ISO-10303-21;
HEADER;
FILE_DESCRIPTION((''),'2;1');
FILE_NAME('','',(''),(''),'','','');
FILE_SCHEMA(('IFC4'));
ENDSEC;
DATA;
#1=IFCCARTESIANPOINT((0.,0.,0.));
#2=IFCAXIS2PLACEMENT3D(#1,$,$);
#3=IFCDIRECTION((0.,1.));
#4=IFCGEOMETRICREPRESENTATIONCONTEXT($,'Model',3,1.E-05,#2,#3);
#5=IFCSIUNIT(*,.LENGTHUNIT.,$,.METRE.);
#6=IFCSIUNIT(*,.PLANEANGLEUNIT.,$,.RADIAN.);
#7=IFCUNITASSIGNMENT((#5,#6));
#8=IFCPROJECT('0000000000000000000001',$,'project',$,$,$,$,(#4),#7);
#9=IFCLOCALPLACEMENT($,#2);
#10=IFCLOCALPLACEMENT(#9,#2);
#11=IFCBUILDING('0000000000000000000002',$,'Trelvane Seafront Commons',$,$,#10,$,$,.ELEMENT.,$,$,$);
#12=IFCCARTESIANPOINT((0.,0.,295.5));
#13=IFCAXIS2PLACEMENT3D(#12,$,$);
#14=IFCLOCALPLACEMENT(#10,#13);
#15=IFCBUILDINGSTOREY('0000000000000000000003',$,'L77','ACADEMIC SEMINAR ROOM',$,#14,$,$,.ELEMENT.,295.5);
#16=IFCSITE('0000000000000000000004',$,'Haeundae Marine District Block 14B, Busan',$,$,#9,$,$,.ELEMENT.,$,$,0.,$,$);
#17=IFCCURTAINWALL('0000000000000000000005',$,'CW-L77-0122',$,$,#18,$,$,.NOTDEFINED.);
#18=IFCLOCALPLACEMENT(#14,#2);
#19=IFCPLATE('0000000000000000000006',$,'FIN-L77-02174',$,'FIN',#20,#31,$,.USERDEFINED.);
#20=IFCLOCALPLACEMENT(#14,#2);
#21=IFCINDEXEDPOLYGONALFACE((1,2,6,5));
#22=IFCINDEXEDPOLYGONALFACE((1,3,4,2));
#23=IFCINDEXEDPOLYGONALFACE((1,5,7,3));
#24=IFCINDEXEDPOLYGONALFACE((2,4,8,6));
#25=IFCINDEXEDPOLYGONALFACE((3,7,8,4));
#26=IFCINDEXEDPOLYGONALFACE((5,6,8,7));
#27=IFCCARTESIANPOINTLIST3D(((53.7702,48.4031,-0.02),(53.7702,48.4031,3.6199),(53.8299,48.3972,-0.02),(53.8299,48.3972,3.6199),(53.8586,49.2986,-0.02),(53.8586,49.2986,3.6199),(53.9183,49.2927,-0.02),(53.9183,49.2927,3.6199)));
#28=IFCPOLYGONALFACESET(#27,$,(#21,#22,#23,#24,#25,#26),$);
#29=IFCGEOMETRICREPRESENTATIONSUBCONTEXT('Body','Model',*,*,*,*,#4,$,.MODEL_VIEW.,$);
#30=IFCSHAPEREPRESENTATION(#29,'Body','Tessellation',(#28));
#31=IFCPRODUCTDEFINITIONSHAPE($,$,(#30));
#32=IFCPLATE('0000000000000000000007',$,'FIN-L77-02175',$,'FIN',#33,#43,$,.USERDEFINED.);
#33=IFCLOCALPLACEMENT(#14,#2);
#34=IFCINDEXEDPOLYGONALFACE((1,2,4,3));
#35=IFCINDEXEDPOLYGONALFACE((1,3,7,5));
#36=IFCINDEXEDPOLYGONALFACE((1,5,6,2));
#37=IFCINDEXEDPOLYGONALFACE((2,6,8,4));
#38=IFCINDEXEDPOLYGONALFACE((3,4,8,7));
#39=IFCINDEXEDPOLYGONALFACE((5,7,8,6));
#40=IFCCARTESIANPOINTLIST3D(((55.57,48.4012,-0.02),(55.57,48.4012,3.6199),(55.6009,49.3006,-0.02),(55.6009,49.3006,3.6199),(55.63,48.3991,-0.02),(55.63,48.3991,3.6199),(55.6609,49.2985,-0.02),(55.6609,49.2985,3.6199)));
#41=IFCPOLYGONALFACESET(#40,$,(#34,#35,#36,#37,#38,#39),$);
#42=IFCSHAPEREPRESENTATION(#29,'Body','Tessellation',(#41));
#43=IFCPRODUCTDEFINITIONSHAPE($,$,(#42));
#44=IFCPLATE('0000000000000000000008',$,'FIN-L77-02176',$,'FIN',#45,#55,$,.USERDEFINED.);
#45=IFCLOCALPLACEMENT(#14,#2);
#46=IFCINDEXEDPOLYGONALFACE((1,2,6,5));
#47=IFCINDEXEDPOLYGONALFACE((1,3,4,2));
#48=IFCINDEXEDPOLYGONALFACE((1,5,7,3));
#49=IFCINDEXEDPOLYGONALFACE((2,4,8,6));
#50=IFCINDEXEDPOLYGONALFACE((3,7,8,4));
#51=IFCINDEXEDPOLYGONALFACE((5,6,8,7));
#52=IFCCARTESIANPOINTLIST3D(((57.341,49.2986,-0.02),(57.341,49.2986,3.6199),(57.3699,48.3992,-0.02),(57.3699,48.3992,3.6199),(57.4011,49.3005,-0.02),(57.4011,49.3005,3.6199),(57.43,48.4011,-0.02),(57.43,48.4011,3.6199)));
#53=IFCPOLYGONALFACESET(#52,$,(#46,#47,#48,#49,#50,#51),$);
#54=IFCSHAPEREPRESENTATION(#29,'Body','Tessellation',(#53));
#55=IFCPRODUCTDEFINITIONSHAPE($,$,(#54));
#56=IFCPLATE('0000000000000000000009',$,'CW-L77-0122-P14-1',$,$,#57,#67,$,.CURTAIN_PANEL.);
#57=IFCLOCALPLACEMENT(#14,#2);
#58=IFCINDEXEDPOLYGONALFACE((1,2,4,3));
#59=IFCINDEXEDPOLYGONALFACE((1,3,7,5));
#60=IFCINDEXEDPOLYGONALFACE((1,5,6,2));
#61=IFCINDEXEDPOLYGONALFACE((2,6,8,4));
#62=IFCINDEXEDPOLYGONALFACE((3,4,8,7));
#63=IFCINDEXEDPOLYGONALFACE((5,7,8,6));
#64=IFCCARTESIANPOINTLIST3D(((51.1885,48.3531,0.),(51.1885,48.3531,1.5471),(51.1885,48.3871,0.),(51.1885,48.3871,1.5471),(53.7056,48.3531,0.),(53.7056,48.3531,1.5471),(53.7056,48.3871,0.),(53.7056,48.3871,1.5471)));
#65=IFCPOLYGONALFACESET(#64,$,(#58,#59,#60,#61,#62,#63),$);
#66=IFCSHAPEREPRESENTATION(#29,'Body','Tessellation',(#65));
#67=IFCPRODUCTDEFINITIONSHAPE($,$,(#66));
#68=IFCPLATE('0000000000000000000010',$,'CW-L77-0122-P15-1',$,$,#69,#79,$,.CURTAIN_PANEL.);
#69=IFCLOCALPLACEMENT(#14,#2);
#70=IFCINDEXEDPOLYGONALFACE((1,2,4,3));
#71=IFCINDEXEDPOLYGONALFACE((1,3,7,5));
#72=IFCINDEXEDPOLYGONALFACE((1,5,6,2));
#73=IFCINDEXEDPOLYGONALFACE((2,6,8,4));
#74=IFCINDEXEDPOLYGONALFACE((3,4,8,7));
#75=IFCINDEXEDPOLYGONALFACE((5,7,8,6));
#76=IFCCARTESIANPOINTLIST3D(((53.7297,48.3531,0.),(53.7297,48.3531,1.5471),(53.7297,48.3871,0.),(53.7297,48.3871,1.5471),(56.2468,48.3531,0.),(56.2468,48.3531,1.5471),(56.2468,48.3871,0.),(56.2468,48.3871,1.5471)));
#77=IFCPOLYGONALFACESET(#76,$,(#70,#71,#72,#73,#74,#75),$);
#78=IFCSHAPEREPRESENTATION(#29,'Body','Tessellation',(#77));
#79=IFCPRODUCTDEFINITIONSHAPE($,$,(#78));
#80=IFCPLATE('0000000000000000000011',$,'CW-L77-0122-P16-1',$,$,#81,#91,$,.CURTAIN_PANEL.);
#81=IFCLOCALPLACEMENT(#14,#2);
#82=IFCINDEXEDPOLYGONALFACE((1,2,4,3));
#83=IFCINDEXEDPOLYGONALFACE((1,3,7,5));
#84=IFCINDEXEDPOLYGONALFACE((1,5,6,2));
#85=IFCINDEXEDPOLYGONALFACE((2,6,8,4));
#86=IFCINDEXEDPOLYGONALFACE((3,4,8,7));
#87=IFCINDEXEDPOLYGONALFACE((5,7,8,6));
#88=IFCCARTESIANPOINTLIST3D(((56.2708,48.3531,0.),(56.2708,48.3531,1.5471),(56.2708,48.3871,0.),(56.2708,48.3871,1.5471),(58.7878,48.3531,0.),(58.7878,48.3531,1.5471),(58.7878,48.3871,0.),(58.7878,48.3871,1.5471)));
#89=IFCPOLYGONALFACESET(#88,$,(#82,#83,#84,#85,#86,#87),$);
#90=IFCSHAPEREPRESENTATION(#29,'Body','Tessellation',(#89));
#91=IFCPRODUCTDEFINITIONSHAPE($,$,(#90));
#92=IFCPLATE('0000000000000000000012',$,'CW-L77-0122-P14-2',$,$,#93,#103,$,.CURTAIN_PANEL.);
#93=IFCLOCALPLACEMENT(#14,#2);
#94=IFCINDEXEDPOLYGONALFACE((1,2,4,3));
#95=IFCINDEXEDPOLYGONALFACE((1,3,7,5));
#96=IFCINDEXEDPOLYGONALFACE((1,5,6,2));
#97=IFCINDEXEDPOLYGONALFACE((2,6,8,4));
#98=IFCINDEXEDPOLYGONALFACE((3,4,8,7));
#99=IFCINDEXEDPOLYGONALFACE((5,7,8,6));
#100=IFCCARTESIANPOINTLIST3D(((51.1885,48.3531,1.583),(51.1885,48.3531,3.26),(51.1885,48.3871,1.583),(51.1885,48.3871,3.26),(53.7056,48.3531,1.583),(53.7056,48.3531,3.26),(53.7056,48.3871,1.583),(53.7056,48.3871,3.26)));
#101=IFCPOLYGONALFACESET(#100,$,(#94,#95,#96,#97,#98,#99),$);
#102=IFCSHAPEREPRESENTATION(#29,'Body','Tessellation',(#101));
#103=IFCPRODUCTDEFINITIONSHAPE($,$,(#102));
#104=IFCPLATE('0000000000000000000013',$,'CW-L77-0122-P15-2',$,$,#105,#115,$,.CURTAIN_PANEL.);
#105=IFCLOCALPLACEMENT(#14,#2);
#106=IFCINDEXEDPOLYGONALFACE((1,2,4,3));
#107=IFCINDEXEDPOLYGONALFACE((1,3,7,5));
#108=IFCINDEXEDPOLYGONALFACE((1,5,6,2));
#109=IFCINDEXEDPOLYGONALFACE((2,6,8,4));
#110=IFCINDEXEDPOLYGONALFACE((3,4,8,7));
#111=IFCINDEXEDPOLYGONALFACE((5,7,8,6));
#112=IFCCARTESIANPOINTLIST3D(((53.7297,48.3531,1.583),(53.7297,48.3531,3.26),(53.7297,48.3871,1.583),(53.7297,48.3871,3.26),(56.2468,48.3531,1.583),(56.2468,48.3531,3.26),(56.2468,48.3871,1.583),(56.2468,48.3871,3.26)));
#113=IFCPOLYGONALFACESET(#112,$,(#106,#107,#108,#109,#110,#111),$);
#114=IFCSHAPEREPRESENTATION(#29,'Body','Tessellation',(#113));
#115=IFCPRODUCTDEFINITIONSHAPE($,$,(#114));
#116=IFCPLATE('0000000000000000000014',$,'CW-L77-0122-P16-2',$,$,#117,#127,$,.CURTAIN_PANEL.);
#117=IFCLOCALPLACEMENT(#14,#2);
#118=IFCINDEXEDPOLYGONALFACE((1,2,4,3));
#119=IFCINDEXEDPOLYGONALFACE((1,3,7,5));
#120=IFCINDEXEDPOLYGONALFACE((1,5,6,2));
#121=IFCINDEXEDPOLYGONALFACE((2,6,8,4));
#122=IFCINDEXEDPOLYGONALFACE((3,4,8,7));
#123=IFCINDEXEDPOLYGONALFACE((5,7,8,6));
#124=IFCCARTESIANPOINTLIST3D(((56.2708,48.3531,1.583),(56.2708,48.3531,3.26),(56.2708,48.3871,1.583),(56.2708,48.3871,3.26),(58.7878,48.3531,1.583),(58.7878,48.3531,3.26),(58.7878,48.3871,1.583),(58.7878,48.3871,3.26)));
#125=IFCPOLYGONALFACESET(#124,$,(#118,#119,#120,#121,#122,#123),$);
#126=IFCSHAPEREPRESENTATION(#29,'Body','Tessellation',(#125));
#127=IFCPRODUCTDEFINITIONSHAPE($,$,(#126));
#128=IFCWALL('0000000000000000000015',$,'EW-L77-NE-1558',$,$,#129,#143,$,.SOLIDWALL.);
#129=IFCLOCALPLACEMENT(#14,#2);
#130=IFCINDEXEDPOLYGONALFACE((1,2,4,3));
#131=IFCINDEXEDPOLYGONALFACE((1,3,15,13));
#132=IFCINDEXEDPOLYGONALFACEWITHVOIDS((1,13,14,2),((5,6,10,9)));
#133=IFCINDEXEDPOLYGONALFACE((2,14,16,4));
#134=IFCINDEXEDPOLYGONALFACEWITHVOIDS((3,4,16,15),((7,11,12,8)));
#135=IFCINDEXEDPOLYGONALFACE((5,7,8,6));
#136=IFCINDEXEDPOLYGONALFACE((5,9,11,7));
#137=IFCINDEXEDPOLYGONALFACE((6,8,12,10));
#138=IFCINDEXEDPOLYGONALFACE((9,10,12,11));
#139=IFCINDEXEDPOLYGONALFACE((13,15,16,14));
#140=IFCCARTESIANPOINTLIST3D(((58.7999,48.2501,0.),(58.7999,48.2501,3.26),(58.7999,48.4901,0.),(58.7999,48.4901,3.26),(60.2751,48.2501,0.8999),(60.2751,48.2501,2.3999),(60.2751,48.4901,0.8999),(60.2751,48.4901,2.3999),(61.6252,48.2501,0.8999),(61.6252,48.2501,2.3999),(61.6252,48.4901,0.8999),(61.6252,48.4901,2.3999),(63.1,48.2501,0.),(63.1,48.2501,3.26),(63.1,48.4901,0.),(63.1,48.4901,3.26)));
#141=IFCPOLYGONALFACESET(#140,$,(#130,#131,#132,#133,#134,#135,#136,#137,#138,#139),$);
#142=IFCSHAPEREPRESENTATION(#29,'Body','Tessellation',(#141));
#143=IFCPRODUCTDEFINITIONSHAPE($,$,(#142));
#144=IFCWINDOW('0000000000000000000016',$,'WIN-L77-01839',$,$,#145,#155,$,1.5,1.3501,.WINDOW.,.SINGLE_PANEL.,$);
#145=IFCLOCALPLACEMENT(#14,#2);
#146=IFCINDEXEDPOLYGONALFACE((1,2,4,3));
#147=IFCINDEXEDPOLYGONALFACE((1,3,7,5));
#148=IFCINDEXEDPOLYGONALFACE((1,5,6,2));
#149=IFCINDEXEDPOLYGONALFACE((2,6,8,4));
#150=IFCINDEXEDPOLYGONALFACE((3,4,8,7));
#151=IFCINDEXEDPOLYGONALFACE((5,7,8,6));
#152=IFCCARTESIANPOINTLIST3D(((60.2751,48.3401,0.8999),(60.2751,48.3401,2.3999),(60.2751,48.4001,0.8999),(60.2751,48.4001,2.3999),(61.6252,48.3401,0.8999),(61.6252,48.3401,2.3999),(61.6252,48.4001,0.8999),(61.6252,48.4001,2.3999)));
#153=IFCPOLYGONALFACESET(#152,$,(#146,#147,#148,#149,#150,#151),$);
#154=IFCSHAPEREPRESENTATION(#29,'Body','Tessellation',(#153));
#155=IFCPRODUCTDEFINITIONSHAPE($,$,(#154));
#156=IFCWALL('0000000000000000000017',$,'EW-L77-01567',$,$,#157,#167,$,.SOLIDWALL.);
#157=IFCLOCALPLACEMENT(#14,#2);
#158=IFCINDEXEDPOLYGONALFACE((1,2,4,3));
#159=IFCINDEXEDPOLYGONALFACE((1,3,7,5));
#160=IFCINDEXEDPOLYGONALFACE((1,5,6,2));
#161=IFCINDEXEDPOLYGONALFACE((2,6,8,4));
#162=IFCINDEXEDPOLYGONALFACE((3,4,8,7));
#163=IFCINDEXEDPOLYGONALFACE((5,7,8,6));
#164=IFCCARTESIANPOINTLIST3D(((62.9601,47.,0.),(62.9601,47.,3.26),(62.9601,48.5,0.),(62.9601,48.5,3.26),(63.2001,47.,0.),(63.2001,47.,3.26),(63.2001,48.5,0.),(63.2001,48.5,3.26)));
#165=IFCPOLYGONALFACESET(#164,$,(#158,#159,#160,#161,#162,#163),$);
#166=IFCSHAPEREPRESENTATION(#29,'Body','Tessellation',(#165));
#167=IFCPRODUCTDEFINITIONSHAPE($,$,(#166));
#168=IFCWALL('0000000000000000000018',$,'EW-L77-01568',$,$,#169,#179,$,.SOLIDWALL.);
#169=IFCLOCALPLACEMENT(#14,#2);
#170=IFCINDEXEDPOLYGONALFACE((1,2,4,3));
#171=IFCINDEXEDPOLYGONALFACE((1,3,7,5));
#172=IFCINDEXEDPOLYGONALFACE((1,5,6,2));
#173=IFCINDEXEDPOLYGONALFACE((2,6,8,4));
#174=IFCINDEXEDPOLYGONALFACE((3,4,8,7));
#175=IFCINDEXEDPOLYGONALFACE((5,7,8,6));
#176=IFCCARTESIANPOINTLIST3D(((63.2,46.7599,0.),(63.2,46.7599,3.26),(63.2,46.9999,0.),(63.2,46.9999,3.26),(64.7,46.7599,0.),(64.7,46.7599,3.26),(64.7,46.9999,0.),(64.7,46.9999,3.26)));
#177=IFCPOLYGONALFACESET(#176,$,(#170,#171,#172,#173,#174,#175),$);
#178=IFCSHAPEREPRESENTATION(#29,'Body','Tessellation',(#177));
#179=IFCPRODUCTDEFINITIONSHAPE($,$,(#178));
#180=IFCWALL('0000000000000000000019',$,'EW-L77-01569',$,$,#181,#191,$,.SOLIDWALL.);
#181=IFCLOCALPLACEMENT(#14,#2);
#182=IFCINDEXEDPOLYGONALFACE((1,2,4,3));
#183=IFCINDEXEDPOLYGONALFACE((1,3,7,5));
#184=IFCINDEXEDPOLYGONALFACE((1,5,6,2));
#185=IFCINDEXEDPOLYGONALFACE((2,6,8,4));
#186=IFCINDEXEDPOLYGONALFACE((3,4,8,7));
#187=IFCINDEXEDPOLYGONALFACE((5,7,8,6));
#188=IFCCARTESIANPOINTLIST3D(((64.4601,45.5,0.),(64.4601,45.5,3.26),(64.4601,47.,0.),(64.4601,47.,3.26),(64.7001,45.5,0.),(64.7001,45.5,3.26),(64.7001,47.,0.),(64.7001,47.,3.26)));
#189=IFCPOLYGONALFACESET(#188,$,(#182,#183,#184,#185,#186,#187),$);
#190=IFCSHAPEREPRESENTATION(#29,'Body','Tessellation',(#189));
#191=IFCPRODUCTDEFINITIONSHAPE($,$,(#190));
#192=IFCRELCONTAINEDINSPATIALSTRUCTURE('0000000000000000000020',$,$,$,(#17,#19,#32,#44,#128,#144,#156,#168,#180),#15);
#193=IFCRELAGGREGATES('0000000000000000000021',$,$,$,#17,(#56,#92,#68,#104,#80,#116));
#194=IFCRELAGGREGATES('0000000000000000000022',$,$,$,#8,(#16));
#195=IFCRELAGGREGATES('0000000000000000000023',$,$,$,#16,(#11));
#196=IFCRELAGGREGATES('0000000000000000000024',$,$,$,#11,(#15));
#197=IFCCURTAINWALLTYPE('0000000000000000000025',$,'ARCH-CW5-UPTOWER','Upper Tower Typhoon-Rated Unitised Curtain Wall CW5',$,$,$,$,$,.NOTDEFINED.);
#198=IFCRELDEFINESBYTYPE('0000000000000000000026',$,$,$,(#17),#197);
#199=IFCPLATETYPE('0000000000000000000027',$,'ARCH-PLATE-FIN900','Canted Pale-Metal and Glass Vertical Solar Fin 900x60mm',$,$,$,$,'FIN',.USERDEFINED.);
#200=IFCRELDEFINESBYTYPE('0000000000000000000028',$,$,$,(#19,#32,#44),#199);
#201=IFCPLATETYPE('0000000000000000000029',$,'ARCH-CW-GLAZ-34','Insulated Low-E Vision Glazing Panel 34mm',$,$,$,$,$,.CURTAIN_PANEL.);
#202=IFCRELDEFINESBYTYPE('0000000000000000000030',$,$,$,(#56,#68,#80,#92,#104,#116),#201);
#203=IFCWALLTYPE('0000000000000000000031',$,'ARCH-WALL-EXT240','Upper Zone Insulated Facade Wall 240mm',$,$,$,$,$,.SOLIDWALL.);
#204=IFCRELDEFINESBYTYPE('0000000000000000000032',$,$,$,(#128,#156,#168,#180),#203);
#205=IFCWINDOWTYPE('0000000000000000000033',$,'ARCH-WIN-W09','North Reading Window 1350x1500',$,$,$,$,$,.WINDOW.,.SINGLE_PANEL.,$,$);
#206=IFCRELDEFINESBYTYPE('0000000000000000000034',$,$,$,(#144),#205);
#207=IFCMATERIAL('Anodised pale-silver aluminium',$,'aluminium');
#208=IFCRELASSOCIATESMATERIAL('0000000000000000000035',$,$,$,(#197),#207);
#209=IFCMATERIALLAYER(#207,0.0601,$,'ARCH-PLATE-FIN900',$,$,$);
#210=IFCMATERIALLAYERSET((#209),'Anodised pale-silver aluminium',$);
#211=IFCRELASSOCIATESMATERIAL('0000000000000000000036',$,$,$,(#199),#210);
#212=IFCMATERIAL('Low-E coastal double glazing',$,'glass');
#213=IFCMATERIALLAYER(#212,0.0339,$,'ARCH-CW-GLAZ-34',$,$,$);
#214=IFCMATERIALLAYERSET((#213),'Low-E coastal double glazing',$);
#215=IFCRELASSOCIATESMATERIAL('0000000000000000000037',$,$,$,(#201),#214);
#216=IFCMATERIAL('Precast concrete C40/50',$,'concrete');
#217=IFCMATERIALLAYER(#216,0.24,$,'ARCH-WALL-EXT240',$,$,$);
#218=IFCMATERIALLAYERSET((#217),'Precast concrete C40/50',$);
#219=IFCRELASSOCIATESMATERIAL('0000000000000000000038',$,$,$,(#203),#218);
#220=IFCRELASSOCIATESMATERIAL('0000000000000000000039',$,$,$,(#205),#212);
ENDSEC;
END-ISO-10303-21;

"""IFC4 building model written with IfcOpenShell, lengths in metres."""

from ifc_helpers import new_model, si_unit, direction, frame, frame_2d, origin, origin_2d, place, context, subcontext, project, spatial, rectangle, extrude, source, transform, mapped, material, layer, layer_set, type_object, element, fill, aggregate, save


model = new_model("IFC4")

# Units and contexts
model_context = context("Model", 3, precision=1e-05, world=origin(), true_north=direction((0.0, 1.0)))
body_context = subcontext(model_context, "Body", "Model", "MODEL_VIEW")
ifc_project = project(units=[si_unit("LENGTHUNIT", "METRE"), si_unit("PLANEANGLEUNIT", "RADIAN")], contexts=[model_context])

# Site, building, storey
site_placement = place(None, origin())
site = spatial("IfcSite", under=ifc_project, at=site_placement, Name="Haeundae Marine District Block 14B, Busan", CompositionType="ELEMENT", RefElevation=0.0)
building_placement = place(site_placement, origin())
building = spatial("IfcBuilding", under=site, at=building_placement, Name="Trelvane Seafront Commons", CompositionType="ELEMENT")
storey_placement = place(building_placement, frame((0.0, 0.0, 295.5)))
storey = spatial("IfcBuildingStorey", under=building, at=storey_placement, Name="L77", Description="ACADEMIC SEMINAR ROOM", CompositionType="ELEMENT", Elevation=295.5)

# Curtain wall
ifc_material_1 = material(Name="Anodised pale-silver aluminium", Category="aluminium")
curtain_wall_type = type_object("IfcCurtainWallType", Name="ARCH-CW5-UPTOWER", Description="Upper Tower Typhoon-Rated Unitised Curtain Wall CW5", PredefinedType="NOTDEFINED", material=ifc_material_1)
curtain_wall_placement = place(storey_placement, origin())
curtain_wall = element("IfcCurtainWall", 1, at=curtain_wall_placement, inside=storey, type_object=curtain_wall_type, Name="CW-L77-0122", PredefinedType="NOTDEFINED")

# Plates
ifc_layer_1 = layer(ifc_material_1, 0.0601, Name="ARCH-PLATE-FIN900")
ifc_layer_set_1 = layer_set([ifc_layer_1], Name="Anodised pale-silver aluminium")
plate_type_1 = type_object("IfcPlateType", Name="ARCH-PLATE-FIN900", Description="Canted Pale-Metal and Glass Vertical Solar Fin 900x60mm", ElementType="FIN", PredefinedType="USERDEFINED", material=ifc_layer_set_1)
shared_shape_1 = source(origin(), body_context, "Body", "SweptSolid", [
    extrude(rectangle(XDim=0.8999, YDim=0.0601, at=origin_2d()), origin(), (0.0, 0.0, 1.0), 3.6399),
])
for number, where, z_axis, x_axis, name in (
    (2, (53.8442, 48.8479, -0.02), (0.0, 0.0, 1.0), (0.098227, 0.995164, 0.0), "FIN-L77-02174"),
    (3, (55.6155, 48.8499, -0.02), (0.0, 0.0, 1.0), (0.034333, 0.99941, 0.0), "FIN-L77-02175"),
    (4, (57.3855, 48.8499, -0.02), (0.0, 0.0, 1.0), (-0.032112, 0.999484, 0.0), "FIN-L77-02176"),
):
    element("IfcPlate", number, at=place(storey_placement, frame(where, z_axis=z_axis, x_axis=x_axis)), inside=storey, type_object=plate_type_1, Name=name, ObjectType="FIN", PredefinedType="USERDEFINED", context=body_context, shape_type="MappedRepresentation", body=[
        mapped(shared_shape_1, transform((0.0, 0.0, 0.0), x_axis=(1.0, 0.0, 0.0), y_axis=(0.0, 1.0, 0.0), z_axis=(0.0, 0.0, 1.0), scale=1.0)),
    ])

# Plates
ifc_material_2 = material(Name="Low-E coastal double glazing", Category="glass")
ifc_layer_2 = layer(ifc_material_2, 0.0339, Name="ARCH-CW-GLAZ-34")
ifc_layer_set_2 = layer_set([ifc_layer_2], Name="Low-E coastal double glazing")
plate_type_2 = type_object("IfcPlateType", Name="ARCH-CW-GLAZ-34", Description="Insulated Low-E Vision Glazing Panel 34mm", PredefinedType="CURTAIN_PANEL", material=ifc_layer_set_2)
shared_shape_2 = source(origin(), body_context, "Body", "SweptSolid", [
    extrude(rectangle(XDim=2.5171, YDim=0.0339, at=origin_2d()), origin(), (0.0, 0.0, 1.0), 1.5471),
])
plate_1_placement = place(storey_placement, frame((52.447, 48.3701, 0.0), z_axis=(0.0, 0.0, 1.0), x_axis=(1.0, 0.0, 0.0)))
plate_1 = element("IfcPlate", 5, at=plate_1_placement, type_object=plate_type_2, Name="CW-L77-0122-P14-1", PredefinedType="CURTAIN_PANEL", context=body_context, shape_type="MappedRepresentation", body=[
    mapped(shared_shape_2, transform((0.0, 0.0, 0.0), x_axis=(1.0, 0.0, 0.0), y_axis=(0.0, 1.0, 0.0), z_axis=(0.0, 0.0, 1.0), scale=1.0)),
])
plate_2_placement = place(storey_placement, frame((54.9883, 48.3701, 0.0), z_axis=(0.0, 0.0, 1.0), x_axis=(1.0, 0.0, 0.0)))
plate_2 = element("IfcPlate", 6, at=plate_2_placement, type_object=plate_type_2, Name="CW-L77-0122-P15-1", PredefinedType="CURTAIN_PANEL", context=body_context, shape_type="MappedRepresentation", body=[
    mapped(shared_shape_2, transform((0.0, 0.0, 0.0), x_axis=(1.0, 0.0, 0.0), y_axis=(0.0, 1.0, 0.0), z_axis=(0.0, 0.0, 1.0), scale=1.0)),
])
plate_3_placement = place(storey_placement, frame((57.5293, 48.3701, 0.0), z_axis=(0.0, 0.0, 1.0), x_axis=(1.0, 0.0, 0.0)))
plate_3 = element("IfcPlate", 7, at=plate_3_placement, type_object=plate_type_2, Name="CW-L77-0122-P16-1", PredefinedType="CURTAIN_PANEL", context=body_context, shape_type="MappedRepresentation", body=[
    mapped(shared_shape_2, transform((0.0, 0.0, 0.0), x_axis=(1.0, 0.0, 0.0), y_axis=(0.0, 1.0, 0.0), z_axis=(0.0, 0.0, 1.0), scale=1.0)),
])
shared_shape_3 = source(origin(), body_context, "Body", "SweptSolid", [
    extrude(rectangle(XDim=2.5171, YDim=0.0339, at=origin_2d()), origin(), (0.0, 0.0, 1.0), 1.677),
])
plate_4_placement = place(storey_placement, frame((52.447, 48.3701, 1.583), z_axis=(0.0, 0.0, 1.0), x_axis=(1.0, 0.0, 0.0)))
plate_4 = element("IfcPlate", 8, at=plate_4_placement, type_object=plate_type_2, Name="CW-L77-0122-P14-2", PredefinedType="CURTAIN_PANEL", context=body_context, shape_type="MappedRepresentation", body=[
    mapped(shared_shape_3, transform((0.0, 0.0, 0.0), x_axis=(1.0, 0.0, 0.0), y_axis=(0.0, 1.0, 0.0), z_axis=(0.0, 0.0, 1.0), scale=1.0)),
])
plate_5_placement = place(storey_placement, frame((54.9883, 48.3701, 1.583), z_axis=(0.0, 0.0, 1.0), x_axis=(1.0, 0.0, 0.0)))
plate_5 = element("IfcPlate", 9, at=plate_5_placement, type_object=plate_type_2, Name="CW-L77-0122-P15-2", PredefinedType="CURTAIN_PANEL", context=body_context, shape_type="MappedRepresentation", body=[
    mapped(shared_shape_3, transform((0.0, 0.0, 0.0), x_axis=(1.0, 0.0, 0.0), y_axis=(0.0, 1.0, 0.0), z_axis=(0.0, 0.0, 1.0), scale=1.0)),
])
plate_6_placement = place(storey_placement, frame((57.5293, 48.3701, 1.583), z_axis=(0.0, 0.0, 1.0), x_axis=(1.0, 0.0, 0.0)))
plate_6 = element("IfcPlate", 10, at=plate_6_placement, type_object=plate_type_2, Name="CW-L77-0122-P16-2", PredefinedType="CURTAIN_PANEL", context=body_context, shape_type="MappedRepresentation", body=[
    mapped(shared_shape_3, transform((0.0, 0.0, 0.0), x_axis=(1.0, 0.0, 0.0), y_axis=(0.0, 1.0, 0.0), z_axis=(0.0, 0.0, 1.0), scale=1.0)),
])
aggregate(curtain_wall, [plate_1, plate_4, plate_2, plate_5, plate_3, plate_6])

# Wall, opening, window
ifc_material_3 = material(Name="Precast concrete C40/50", Category="concrete")
ifc_layer_3 = layer(ifc_material_3, 0.24, Name="ARCH-WALL-EXT240")
ifc_layer_set_3 = layer_set([ifc_layer_3], Name="Precast concrete C40/50")
wall_type = type_object("IfcWallType", Name="ARCH-WALL-EXT240", Description="Upper Zone Insulated Facade Wall 240mm", PredefinedType="SOLIDWALL", material=ifc_layer_set_3)
wall_1_placement = place(storey_placement, frame((58.8, 48.3701, 0.0), z_axis=(0.0, 0.0, 1.0), x_axis=(1.0, 0.0, 0.0)))
wall_1 = element("IfcWall", 11, at=wall_1_placement, inside=storey, type_object=wall_type, Name="EW-L77-NE-1558", PredefinedType="SOLIDWALL", context=body_context, shape_type="SweptSolid", body=[
    extrude(rectangle(XDim=4.3, YDim=0.24, at=frame_2d((2.1499, 0.0))), origin(), (0.0, 0.0, 1.0), 3.26),
])
opening_1_placement = place(wall_1_placement, frame((1.4751, 0.0, 0.8999)))
opening_1 = element("IfcOpeningElement", 12, at=opening_1_placement, cuts=wall_1, PredefinedType="OPENING", context=body_context, shape_type="SweptSolid", body=[
    extrude(rectangle(XDim=1.3501, YDim=1.5, at=frame_2d((0.675, 0.75))), frame((0.0, 0.1299, 0.0), z_axis=(0.0, -1.0, 0.0), x_axis=(1.0, 0.0, 0.0)), (0.0, 0.0, 1.0), 0.26),
])
window_type_1 = type_object("IfcWindowType", Name="ARCH-WIN-W09", Description="North Reading Window 1350x1500", PartitioningType="SINGLE_PANEL", PredefinedType="WINDOW", material=ifc_material_2)
shared_shape_4 = source(origin(), body_context, "Body", "SweptSolid", [
    extrude(rectangle(XDim=1.3501, YDim=1.5, at=frame_2d((0.675, 0.75))), frame((0.0, 0.03, 0.0), z_axis=(0.0, -1.0, 0.0), x_axis=(1.0, 0.0, 0.0)), (0.0, 0.0, 1.0), 0.0601),
])
window_1_placement = place(opening_1_placement, origin())
window_1 = element("IfcWindow", 13, at=window_1_placement, inside=storey, type_object=window_type_1, Name="WIN-L77-01839", OverallHeight=1.5, OverallWidth=1.3501, PartitioningType="SINGLE_PANEL", PredefinedType="WINDOW", context=body_context, shape_type="MappedRepresentation", body=[
    mapped(shared_shape_4, transform((0.0, 0.0, 0.0), x_axis=(1.0, 0.0, 0.0), y_axis=(0.0, 1.0, 0.0), z_axis=(0.0, 0.0, 1.0), scale=1.0)),
])
fill(opening_1, window_1)

# Walls
for number, where, z_axis, x_axis, name in (
    (14, (63.0801, 48.5, 0.0), (0.0, 0.0, 1.0), (0.0, -1.0, 0.0), "EW-L77-01567"),
    (15, (63.2, 46.8799, 0.0), (0.0, 0.0, 1.0), (1.0, 0.0, 0.0), "EW-L77-01568"),
    (16, (64.5801, 47.0, 0.0), (0.0, 0.0, 1.0), (0.0, -1.0, 0.0), "EW-L77-01569"),
):
    element("IfcWall", number, at=place(storey_placement, frame(where, z_axis=z_axis, x_axis=x_axis)), inside=storey, type_object=wall_type, Name=name, PredefinedType="SOLIDWALL", context=body_context, shape_type="SweptSolid", body=[
        extrude(rectangle(XDim=1.5, YDim=0.24, at=frame_2d((0.75, 0.0))), origin(), (0.0, 0.0, 1.0), 3.26),
    ])

save(model, "model.ifc")
